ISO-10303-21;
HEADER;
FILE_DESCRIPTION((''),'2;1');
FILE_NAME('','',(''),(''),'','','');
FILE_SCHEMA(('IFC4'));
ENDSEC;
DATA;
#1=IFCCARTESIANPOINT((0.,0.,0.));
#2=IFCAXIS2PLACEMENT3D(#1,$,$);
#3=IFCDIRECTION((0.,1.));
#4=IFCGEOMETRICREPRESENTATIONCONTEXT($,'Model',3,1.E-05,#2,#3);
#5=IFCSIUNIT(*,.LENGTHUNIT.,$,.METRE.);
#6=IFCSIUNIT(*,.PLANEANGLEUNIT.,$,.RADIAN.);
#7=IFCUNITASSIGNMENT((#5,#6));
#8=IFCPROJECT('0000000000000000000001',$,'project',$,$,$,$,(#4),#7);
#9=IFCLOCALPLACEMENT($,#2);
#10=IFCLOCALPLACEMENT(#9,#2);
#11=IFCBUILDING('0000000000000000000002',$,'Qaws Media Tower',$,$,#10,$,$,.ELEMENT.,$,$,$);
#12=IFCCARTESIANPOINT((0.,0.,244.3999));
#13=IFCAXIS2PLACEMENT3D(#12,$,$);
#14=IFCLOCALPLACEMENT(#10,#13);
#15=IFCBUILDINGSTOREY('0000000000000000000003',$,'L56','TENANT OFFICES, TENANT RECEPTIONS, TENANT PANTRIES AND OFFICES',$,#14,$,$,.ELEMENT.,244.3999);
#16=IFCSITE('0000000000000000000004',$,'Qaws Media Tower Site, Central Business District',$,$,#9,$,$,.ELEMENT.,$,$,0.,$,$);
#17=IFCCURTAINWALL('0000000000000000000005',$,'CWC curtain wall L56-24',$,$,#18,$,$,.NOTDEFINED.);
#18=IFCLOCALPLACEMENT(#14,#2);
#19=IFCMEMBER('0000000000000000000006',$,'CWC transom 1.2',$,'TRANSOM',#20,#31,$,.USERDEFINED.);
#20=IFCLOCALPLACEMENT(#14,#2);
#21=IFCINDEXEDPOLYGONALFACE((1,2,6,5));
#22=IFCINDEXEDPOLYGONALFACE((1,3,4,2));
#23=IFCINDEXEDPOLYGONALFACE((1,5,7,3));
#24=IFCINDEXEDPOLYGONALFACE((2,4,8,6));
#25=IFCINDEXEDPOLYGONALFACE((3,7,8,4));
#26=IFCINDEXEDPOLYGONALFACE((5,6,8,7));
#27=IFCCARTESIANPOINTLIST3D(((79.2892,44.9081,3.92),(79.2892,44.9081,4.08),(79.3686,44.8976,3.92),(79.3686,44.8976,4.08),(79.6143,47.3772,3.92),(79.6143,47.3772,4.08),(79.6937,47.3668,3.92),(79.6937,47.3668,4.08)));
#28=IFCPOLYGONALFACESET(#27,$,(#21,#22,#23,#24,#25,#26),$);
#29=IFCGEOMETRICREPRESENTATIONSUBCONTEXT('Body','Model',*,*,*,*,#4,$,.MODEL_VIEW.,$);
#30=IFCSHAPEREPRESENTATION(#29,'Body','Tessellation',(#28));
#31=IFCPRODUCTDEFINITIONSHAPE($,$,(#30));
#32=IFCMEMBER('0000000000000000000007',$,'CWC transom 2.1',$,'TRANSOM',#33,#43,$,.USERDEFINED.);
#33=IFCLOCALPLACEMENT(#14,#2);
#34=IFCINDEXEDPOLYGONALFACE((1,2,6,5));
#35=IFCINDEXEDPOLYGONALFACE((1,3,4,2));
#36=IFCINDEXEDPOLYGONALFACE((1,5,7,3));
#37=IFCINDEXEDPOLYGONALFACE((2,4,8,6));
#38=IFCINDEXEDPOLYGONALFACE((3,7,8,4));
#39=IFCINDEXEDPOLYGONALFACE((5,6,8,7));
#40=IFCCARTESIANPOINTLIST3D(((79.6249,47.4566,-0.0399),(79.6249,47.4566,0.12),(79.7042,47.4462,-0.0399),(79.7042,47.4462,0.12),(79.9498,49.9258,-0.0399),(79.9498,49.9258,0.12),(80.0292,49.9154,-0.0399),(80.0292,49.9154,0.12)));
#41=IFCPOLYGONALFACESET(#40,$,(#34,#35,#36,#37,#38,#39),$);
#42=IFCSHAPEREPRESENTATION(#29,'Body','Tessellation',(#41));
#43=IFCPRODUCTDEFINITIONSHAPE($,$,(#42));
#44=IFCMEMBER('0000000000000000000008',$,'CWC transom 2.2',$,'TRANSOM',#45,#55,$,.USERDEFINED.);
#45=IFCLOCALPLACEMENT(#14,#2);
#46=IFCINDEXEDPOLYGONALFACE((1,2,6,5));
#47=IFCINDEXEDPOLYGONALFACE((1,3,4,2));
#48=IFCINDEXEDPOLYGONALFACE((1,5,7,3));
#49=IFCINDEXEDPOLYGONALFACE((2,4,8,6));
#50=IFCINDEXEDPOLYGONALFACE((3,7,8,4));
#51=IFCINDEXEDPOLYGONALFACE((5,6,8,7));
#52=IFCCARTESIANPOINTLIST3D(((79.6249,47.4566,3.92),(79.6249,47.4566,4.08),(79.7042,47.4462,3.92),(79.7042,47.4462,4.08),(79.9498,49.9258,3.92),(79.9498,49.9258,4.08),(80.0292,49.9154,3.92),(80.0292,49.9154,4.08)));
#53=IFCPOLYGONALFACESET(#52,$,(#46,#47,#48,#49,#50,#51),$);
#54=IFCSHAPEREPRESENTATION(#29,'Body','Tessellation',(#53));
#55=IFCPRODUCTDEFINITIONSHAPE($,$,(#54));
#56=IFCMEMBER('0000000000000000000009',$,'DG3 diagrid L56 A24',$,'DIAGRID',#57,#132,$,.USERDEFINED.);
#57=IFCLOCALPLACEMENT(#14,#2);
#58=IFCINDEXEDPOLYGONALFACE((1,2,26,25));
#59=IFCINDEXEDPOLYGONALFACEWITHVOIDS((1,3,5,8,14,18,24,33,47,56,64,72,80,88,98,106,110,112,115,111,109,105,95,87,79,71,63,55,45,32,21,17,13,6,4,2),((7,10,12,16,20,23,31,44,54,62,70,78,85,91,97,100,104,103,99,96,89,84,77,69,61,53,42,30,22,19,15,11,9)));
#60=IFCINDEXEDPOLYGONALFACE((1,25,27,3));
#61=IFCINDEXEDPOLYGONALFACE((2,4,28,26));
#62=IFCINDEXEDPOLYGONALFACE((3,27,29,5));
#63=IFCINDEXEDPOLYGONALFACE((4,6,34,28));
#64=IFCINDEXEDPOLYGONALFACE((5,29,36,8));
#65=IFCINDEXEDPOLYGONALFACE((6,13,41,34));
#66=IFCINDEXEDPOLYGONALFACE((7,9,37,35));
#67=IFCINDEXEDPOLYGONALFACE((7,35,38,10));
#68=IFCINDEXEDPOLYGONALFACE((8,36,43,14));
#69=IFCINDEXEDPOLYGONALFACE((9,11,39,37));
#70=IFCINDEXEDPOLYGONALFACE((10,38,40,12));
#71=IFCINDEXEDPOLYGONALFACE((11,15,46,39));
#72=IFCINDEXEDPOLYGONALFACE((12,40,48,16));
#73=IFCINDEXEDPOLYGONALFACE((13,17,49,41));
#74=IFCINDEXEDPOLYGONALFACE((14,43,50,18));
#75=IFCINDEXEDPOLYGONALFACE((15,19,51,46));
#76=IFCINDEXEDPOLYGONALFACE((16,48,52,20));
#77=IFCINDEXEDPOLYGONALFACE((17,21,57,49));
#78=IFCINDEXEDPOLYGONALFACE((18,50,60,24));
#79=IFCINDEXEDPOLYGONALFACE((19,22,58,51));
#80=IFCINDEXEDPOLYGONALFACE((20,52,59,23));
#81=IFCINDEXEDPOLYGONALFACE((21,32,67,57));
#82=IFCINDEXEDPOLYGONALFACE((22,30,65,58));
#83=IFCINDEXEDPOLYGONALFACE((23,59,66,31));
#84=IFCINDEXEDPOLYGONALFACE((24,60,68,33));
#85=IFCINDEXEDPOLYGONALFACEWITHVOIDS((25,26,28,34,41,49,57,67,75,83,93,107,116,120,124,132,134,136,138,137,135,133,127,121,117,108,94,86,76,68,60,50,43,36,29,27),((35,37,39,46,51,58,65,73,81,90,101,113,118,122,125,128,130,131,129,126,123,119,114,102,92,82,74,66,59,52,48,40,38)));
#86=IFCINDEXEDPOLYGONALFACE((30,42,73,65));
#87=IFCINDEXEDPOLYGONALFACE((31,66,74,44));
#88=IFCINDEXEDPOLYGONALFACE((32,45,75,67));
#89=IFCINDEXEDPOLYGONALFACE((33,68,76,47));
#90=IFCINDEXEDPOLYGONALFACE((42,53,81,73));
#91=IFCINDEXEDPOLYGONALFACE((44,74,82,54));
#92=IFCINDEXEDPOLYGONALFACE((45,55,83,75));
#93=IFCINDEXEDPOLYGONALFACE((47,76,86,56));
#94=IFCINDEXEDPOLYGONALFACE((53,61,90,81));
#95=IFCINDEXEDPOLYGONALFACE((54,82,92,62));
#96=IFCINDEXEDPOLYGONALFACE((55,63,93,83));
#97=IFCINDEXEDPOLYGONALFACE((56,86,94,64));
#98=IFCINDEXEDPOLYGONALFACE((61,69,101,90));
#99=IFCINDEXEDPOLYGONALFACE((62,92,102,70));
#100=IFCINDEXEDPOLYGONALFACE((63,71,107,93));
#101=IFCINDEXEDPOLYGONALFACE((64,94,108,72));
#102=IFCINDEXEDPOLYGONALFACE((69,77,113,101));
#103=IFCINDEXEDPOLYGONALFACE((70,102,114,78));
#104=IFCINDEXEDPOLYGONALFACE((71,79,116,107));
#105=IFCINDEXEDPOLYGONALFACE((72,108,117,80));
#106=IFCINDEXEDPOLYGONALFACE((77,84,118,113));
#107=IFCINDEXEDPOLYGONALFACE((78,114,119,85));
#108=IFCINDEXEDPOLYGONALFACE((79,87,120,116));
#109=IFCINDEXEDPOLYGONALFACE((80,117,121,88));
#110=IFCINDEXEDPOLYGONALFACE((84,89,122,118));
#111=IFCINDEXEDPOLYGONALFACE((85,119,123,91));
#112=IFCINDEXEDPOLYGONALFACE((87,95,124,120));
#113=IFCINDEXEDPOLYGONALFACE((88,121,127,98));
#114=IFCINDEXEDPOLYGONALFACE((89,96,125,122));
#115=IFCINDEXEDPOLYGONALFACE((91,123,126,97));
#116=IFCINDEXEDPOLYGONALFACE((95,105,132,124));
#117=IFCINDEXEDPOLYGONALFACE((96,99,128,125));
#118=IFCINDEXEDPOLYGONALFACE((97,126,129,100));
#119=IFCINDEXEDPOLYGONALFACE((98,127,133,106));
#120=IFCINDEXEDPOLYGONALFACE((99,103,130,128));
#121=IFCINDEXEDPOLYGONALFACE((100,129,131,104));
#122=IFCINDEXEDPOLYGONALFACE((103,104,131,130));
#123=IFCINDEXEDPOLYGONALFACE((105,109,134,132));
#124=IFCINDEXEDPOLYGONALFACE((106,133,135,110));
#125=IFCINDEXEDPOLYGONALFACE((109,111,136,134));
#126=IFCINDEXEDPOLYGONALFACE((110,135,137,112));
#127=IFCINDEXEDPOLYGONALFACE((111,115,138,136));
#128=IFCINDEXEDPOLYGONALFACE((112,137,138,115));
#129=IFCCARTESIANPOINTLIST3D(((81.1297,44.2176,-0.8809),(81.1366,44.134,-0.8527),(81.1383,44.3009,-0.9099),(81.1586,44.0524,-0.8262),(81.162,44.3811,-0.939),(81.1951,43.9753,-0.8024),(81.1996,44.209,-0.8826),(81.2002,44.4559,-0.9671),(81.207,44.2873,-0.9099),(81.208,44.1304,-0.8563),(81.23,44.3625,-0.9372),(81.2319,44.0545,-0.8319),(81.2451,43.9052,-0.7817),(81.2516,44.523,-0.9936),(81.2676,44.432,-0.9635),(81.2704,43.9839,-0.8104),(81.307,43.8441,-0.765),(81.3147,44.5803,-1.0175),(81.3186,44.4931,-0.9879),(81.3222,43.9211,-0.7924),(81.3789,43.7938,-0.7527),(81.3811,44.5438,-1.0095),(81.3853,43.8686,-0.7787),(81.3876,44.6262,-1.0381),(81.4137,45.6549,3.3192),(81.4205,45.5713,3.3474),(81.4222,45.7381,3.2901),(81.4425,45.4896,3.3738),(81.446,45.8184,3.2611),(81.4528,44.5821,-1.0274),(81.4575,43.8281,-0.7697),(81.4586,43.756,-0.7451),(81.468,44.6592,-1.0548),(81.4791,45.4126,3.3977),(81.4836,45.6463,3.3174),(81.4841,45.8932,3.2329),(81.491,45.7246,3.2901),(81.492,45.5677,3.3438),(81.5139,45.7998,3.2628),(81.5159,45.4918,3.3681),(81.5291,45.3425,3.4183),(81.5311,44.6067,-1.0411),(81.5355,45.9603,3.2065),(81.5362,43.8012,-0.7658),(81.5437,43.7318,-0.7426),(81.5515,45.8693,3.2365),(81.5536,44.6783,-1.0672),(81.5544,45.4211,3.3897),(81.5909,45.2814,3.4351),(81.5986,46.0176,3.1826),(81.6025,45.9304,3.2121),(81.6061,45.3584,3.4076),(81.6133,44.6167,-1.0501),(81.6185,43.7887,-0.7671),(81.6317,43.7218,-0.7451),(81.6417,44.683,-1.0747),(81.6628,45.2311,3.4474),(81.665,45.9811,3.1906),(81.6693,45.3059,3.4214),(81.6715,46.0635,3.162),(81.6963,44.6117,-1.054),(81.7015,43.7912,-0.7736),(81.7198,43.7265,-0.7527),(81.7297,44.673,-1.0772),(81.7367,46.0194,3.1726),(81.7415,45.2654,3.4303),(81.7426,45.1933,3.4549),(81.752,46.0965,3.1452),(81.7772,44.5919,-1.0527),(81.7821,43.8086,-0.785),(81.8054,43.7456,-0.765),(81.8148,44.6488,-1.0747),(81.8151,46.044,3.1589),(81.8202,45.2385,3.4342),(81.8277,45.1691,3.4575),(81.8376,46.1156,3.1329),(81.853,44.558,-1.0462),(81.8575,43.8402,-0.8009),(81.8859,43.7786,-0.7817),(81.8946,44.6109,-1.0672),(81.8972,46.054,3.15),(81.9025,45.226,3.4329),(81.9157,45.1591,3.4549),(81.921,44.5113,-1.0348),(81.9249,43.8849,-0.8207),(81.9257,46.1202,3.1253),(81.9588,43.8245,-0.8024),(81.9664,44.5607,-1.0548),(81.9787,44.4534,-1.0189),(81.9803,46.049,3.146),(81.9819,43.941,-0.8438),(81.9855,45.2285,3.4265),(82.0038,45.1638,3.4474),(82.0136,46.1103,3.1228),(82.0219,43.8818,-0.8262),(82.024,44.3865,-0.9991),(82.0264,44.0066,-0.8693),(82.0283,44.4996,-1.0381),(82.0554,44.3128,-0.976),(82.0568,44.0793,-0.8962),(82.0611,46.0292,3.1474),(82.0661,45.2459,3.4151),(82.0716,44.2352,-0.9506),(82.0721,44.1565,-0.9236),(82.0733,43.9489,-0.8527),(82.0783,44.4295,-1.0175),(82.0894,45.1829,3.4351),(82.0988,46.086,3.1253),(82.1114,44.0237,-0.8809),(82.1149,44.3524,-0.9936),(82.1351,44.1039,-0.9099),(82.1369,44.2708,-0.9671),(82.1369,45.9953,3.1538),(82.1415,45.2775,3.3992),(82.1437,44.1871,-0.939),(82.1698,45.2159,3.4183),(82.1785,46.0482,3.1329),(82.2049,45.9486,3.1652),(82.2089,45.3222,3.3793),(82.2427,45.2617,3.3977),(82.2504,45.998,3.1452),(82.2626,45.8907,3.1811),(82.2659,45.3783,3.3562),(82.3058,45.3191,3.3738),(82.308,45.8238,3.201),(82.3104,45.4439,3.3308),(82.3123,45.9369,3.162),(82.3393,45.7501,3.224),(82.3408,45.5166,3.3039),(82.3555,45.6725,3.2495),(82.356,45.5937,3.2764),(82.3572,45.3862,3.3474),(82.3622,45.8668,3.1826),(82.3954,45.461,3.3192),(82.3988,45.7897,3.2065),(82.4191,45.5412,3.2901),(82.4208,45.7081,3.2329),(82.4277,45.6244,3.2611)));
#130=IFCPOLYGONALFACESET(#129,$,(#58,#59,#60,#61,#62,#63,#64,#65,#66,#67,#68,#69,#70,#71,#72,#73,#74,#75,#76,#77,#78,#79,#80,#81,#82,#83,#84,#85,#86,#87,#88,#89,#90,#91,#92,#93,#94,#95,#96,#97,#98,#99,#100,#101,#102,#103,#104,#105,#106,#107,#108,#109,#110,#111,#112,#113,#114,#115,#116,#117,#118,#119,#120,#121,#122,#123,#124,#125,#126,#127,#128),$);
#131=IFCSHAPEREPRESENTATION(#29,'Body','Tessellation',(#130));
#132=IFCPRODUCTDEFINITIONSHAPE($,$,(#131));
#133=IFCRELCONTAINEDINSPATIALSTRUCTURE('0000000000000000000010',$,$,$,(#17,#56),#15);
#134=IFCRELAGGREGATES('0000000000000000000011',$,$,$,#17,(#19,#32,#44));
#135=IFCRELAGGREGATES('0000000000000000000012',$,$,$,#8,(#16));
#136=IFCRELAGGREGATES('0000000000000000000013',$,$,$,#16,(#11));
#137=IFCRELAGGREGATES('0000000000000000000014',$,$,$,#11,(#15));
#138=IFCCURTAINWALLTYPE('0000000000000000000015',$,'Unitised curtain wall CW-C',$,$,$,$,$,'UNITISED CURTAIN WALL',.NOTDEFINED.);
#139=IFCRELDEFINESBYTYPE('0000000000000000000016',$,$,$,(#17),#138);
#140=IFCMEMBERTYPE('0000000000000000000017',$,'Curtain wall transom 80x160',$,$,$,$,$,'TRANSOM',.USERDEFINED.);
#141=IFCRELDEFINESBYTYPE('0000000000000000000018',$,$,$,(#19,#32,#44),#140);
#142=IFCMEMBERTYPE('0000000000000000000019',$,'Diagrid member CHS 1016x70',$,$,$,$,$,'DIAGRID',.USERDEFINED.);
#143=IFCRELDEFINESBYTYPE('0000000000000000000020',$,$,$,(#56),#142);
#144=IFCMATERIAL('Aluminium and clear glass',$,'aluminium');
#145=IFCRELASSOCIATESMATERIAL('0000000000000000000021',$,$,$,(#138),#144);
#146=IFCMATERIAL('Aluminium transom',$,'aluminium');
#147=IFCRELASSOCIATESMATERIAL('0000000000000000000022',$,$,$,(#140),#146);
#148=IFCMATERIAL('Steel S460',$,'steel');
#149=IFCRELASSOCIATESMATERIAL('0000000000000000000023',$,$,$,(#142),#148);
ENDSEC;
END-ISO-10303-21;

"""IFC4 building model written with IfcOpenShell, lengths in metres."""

from ifc_helpers import new_model, si_unit, direction, frame, origin, origin_2d, place, context, subcontext, project, spatial, rectangle, hollow_circle, extrude, material, material_profile, profile_set, type_object, element, aggregate, save


model = new_model("IFC4")

# Units and contexts
model_context = context("Model", 3, precision=1e-05, world=origin(), true_north=direction((0.0, 1.0)))
body_context = subcontext(model_context, "Body", "Model", "MODEL_VIEW")
ifc_project = project(units=[si_unit("LENGTHUNIT", "METRE"), si_unit("PLANEANGLEUNIT", "RADIAN")], contexts=[model_context])

# Site, building, storey
site_placement = place(None, origin())
site = spatial("IfcSite", under=ifc_project, at=site_placement, Name="Qaws Media Tower Site, Central Business District", CompositionType="ELEMENT", RefElevation=0.0)
building_placement = place(site_placement, origin())
building = spatial("IfcBuilding", under=site, at=building_placement, Name="Qaws Media Tower", CompositionType="ELEMENT")
storey_placement = place(building_placement, frame((0.0, 0.0, 244.3999)))
storey = spatial("IfcBuildingStorey", under=building, at=storey_placement, Name="L56", Description="TENANT OFFICES, TENANT RECEPTIONS, TENANT PANTRIES AND OFFICES", CompositionType="ELEMENT", Elevation=244.3999)

# Curtain wall
ifc_material_1 = material(Name="Aluminium and clear glass", Category="aluminium")
curtain_wall_type = type_object("IfcCurtainWallType", Name="Unitised curtain wall CW-C", ElementType="UNITISED CURTAIN WALL", PredefinedType="NOTDEFINED", material=ifc_material_1)
curtain_wall_1_placement = place(storey_placement, origin())
curtain_wall_1 = element("IfcCurtainWall", 1, at=curtain_wall_1_placement, inside=storey, type_object=curtain_wall_type, Name="CWC curtain wall L56-24", PredefinedType="NOTDEFINED")

# Members
ifc_material_2 = material(Name="Aluminium transom", Category="aluminium")
ifc_material_profile_1 = material_profile(ifc_material_2, rectangle(XDim=0.0801, YDim=0.1599, at=origin_2d()), Name="80x160")
ifc_profile_set_1 = profile_set([ifc_material_profile_1], Name="Aluminium transom")
member_type_1 = type_object("IfcMemberType", Name="Curtain wall transom 80x160", ElementType="TRANSOM", PredefinedType="USERDEFINED", material=ifc_profile_set_1)
member_1_placement = place(storey_placement, frame((79.3289, 44.9028, 4.0), z_axis=(0.130571, 0.991439, 0.0), x_axis=(-0.991439, 0.130571, 0.0)))
member_1 = element("IfcMember", 2, at=member_1_placement, type_object=member_type_1, Name="CWC transom 1.2", ObjectType="TRANSOM", PredefinedType="USERDEFINED", context=body_context, shape_type="SweptSolid", body=[
    extrude(rectangle(XDim=0.0801, YDim=0.1599, at=origin_2d()), origin(), (0.0, 0.0, 1.0), 2.4905),
])
member_2_placement = place(storey_placement, frame((79.6646, 47.4514, 0.04), z_axis=(0.130475, 0.991452, 0.0), x_axis=(-0.991452, 0.130475, 0.0)))
member_2 = element("IfcMember", 3, at=member_2_placement, type_object=member_type_1, Name="CWC transom 2.1", ObjectType="TRANSOM", PredefinedType="USERDEFINED", context=body_context, shape_type="SweptSolid", body=[
    extrude(rectangle(XDim=0.0801, YDim=0.1599, at=origin_2d()), origin(), (0.0, 0.0, 1.0), 2.4905),
])
member_3_placement = place(storey_placement, frame((79.6646, 47.4514, 4.0), z_axis=(0.130475, 0.991452, 0.0), x_axis=(-0.991452, 0.130475, 0.0)))
member_3 = element("IfcMember", 4, at=member_3_placement, type_object=member_type_1, Name="CWC transom 2.2", ObjectType="TRANSOM", PredefinedType="USERDEFINED", context=body_context, shape_type="SweptSolid", body=[
    extrude(rectangle(XDim=0.0801, YDim=0.1599, at=origin_2d()), origin(), (0.0, 0.0, 1.0), 2.4905),
])

# Member
ifc_material_3 = material(Name="Steel S460", Category="steel")
ifc_material_profile_2 = material_profile(ifc_material_3, hollow_circle(Radius=0.5081, WallThickness=0.0701, at=origin_2d()), Name="CHS 1016x70")
ifc_profile_set_2 = profile_set([ifc_material_profile_2], Name="Steel S460")
member_type_2 = type_object("IfcMemberType", Name="Diagrid member CHS 1016x70", ElementType="DIAGRID", PredefinedType="USERDEFINED", material=ifc_profile_set_2)
member_4_placement = place(storey_placement, frame((81.6367, 44.2024, -0.9099), z_axis=(0.063832, 0.323114, 0.944205), x_axis=(-0.981039, 0.193808, 0.0)))
element("IfcMember", 5, at=member_4_placement, inside=storey, type_object=member_type_2, Name="DG3 diagrid L56 A24", ObjectType="DIAGRID", PredefinedType="USERDEFINED", context=body_context, shape_type="SweptSolid", body=[
    extrude(hollow_circle(Radius=0.5081, WallThickness=0.0701, at=origin_2d()), origin(), (0.0, 0.0, 1.0), 4.4482),
])

aggregate(curtain_wall_1, [member_1, member_2, member_3])

save(model, "model.ifc")
